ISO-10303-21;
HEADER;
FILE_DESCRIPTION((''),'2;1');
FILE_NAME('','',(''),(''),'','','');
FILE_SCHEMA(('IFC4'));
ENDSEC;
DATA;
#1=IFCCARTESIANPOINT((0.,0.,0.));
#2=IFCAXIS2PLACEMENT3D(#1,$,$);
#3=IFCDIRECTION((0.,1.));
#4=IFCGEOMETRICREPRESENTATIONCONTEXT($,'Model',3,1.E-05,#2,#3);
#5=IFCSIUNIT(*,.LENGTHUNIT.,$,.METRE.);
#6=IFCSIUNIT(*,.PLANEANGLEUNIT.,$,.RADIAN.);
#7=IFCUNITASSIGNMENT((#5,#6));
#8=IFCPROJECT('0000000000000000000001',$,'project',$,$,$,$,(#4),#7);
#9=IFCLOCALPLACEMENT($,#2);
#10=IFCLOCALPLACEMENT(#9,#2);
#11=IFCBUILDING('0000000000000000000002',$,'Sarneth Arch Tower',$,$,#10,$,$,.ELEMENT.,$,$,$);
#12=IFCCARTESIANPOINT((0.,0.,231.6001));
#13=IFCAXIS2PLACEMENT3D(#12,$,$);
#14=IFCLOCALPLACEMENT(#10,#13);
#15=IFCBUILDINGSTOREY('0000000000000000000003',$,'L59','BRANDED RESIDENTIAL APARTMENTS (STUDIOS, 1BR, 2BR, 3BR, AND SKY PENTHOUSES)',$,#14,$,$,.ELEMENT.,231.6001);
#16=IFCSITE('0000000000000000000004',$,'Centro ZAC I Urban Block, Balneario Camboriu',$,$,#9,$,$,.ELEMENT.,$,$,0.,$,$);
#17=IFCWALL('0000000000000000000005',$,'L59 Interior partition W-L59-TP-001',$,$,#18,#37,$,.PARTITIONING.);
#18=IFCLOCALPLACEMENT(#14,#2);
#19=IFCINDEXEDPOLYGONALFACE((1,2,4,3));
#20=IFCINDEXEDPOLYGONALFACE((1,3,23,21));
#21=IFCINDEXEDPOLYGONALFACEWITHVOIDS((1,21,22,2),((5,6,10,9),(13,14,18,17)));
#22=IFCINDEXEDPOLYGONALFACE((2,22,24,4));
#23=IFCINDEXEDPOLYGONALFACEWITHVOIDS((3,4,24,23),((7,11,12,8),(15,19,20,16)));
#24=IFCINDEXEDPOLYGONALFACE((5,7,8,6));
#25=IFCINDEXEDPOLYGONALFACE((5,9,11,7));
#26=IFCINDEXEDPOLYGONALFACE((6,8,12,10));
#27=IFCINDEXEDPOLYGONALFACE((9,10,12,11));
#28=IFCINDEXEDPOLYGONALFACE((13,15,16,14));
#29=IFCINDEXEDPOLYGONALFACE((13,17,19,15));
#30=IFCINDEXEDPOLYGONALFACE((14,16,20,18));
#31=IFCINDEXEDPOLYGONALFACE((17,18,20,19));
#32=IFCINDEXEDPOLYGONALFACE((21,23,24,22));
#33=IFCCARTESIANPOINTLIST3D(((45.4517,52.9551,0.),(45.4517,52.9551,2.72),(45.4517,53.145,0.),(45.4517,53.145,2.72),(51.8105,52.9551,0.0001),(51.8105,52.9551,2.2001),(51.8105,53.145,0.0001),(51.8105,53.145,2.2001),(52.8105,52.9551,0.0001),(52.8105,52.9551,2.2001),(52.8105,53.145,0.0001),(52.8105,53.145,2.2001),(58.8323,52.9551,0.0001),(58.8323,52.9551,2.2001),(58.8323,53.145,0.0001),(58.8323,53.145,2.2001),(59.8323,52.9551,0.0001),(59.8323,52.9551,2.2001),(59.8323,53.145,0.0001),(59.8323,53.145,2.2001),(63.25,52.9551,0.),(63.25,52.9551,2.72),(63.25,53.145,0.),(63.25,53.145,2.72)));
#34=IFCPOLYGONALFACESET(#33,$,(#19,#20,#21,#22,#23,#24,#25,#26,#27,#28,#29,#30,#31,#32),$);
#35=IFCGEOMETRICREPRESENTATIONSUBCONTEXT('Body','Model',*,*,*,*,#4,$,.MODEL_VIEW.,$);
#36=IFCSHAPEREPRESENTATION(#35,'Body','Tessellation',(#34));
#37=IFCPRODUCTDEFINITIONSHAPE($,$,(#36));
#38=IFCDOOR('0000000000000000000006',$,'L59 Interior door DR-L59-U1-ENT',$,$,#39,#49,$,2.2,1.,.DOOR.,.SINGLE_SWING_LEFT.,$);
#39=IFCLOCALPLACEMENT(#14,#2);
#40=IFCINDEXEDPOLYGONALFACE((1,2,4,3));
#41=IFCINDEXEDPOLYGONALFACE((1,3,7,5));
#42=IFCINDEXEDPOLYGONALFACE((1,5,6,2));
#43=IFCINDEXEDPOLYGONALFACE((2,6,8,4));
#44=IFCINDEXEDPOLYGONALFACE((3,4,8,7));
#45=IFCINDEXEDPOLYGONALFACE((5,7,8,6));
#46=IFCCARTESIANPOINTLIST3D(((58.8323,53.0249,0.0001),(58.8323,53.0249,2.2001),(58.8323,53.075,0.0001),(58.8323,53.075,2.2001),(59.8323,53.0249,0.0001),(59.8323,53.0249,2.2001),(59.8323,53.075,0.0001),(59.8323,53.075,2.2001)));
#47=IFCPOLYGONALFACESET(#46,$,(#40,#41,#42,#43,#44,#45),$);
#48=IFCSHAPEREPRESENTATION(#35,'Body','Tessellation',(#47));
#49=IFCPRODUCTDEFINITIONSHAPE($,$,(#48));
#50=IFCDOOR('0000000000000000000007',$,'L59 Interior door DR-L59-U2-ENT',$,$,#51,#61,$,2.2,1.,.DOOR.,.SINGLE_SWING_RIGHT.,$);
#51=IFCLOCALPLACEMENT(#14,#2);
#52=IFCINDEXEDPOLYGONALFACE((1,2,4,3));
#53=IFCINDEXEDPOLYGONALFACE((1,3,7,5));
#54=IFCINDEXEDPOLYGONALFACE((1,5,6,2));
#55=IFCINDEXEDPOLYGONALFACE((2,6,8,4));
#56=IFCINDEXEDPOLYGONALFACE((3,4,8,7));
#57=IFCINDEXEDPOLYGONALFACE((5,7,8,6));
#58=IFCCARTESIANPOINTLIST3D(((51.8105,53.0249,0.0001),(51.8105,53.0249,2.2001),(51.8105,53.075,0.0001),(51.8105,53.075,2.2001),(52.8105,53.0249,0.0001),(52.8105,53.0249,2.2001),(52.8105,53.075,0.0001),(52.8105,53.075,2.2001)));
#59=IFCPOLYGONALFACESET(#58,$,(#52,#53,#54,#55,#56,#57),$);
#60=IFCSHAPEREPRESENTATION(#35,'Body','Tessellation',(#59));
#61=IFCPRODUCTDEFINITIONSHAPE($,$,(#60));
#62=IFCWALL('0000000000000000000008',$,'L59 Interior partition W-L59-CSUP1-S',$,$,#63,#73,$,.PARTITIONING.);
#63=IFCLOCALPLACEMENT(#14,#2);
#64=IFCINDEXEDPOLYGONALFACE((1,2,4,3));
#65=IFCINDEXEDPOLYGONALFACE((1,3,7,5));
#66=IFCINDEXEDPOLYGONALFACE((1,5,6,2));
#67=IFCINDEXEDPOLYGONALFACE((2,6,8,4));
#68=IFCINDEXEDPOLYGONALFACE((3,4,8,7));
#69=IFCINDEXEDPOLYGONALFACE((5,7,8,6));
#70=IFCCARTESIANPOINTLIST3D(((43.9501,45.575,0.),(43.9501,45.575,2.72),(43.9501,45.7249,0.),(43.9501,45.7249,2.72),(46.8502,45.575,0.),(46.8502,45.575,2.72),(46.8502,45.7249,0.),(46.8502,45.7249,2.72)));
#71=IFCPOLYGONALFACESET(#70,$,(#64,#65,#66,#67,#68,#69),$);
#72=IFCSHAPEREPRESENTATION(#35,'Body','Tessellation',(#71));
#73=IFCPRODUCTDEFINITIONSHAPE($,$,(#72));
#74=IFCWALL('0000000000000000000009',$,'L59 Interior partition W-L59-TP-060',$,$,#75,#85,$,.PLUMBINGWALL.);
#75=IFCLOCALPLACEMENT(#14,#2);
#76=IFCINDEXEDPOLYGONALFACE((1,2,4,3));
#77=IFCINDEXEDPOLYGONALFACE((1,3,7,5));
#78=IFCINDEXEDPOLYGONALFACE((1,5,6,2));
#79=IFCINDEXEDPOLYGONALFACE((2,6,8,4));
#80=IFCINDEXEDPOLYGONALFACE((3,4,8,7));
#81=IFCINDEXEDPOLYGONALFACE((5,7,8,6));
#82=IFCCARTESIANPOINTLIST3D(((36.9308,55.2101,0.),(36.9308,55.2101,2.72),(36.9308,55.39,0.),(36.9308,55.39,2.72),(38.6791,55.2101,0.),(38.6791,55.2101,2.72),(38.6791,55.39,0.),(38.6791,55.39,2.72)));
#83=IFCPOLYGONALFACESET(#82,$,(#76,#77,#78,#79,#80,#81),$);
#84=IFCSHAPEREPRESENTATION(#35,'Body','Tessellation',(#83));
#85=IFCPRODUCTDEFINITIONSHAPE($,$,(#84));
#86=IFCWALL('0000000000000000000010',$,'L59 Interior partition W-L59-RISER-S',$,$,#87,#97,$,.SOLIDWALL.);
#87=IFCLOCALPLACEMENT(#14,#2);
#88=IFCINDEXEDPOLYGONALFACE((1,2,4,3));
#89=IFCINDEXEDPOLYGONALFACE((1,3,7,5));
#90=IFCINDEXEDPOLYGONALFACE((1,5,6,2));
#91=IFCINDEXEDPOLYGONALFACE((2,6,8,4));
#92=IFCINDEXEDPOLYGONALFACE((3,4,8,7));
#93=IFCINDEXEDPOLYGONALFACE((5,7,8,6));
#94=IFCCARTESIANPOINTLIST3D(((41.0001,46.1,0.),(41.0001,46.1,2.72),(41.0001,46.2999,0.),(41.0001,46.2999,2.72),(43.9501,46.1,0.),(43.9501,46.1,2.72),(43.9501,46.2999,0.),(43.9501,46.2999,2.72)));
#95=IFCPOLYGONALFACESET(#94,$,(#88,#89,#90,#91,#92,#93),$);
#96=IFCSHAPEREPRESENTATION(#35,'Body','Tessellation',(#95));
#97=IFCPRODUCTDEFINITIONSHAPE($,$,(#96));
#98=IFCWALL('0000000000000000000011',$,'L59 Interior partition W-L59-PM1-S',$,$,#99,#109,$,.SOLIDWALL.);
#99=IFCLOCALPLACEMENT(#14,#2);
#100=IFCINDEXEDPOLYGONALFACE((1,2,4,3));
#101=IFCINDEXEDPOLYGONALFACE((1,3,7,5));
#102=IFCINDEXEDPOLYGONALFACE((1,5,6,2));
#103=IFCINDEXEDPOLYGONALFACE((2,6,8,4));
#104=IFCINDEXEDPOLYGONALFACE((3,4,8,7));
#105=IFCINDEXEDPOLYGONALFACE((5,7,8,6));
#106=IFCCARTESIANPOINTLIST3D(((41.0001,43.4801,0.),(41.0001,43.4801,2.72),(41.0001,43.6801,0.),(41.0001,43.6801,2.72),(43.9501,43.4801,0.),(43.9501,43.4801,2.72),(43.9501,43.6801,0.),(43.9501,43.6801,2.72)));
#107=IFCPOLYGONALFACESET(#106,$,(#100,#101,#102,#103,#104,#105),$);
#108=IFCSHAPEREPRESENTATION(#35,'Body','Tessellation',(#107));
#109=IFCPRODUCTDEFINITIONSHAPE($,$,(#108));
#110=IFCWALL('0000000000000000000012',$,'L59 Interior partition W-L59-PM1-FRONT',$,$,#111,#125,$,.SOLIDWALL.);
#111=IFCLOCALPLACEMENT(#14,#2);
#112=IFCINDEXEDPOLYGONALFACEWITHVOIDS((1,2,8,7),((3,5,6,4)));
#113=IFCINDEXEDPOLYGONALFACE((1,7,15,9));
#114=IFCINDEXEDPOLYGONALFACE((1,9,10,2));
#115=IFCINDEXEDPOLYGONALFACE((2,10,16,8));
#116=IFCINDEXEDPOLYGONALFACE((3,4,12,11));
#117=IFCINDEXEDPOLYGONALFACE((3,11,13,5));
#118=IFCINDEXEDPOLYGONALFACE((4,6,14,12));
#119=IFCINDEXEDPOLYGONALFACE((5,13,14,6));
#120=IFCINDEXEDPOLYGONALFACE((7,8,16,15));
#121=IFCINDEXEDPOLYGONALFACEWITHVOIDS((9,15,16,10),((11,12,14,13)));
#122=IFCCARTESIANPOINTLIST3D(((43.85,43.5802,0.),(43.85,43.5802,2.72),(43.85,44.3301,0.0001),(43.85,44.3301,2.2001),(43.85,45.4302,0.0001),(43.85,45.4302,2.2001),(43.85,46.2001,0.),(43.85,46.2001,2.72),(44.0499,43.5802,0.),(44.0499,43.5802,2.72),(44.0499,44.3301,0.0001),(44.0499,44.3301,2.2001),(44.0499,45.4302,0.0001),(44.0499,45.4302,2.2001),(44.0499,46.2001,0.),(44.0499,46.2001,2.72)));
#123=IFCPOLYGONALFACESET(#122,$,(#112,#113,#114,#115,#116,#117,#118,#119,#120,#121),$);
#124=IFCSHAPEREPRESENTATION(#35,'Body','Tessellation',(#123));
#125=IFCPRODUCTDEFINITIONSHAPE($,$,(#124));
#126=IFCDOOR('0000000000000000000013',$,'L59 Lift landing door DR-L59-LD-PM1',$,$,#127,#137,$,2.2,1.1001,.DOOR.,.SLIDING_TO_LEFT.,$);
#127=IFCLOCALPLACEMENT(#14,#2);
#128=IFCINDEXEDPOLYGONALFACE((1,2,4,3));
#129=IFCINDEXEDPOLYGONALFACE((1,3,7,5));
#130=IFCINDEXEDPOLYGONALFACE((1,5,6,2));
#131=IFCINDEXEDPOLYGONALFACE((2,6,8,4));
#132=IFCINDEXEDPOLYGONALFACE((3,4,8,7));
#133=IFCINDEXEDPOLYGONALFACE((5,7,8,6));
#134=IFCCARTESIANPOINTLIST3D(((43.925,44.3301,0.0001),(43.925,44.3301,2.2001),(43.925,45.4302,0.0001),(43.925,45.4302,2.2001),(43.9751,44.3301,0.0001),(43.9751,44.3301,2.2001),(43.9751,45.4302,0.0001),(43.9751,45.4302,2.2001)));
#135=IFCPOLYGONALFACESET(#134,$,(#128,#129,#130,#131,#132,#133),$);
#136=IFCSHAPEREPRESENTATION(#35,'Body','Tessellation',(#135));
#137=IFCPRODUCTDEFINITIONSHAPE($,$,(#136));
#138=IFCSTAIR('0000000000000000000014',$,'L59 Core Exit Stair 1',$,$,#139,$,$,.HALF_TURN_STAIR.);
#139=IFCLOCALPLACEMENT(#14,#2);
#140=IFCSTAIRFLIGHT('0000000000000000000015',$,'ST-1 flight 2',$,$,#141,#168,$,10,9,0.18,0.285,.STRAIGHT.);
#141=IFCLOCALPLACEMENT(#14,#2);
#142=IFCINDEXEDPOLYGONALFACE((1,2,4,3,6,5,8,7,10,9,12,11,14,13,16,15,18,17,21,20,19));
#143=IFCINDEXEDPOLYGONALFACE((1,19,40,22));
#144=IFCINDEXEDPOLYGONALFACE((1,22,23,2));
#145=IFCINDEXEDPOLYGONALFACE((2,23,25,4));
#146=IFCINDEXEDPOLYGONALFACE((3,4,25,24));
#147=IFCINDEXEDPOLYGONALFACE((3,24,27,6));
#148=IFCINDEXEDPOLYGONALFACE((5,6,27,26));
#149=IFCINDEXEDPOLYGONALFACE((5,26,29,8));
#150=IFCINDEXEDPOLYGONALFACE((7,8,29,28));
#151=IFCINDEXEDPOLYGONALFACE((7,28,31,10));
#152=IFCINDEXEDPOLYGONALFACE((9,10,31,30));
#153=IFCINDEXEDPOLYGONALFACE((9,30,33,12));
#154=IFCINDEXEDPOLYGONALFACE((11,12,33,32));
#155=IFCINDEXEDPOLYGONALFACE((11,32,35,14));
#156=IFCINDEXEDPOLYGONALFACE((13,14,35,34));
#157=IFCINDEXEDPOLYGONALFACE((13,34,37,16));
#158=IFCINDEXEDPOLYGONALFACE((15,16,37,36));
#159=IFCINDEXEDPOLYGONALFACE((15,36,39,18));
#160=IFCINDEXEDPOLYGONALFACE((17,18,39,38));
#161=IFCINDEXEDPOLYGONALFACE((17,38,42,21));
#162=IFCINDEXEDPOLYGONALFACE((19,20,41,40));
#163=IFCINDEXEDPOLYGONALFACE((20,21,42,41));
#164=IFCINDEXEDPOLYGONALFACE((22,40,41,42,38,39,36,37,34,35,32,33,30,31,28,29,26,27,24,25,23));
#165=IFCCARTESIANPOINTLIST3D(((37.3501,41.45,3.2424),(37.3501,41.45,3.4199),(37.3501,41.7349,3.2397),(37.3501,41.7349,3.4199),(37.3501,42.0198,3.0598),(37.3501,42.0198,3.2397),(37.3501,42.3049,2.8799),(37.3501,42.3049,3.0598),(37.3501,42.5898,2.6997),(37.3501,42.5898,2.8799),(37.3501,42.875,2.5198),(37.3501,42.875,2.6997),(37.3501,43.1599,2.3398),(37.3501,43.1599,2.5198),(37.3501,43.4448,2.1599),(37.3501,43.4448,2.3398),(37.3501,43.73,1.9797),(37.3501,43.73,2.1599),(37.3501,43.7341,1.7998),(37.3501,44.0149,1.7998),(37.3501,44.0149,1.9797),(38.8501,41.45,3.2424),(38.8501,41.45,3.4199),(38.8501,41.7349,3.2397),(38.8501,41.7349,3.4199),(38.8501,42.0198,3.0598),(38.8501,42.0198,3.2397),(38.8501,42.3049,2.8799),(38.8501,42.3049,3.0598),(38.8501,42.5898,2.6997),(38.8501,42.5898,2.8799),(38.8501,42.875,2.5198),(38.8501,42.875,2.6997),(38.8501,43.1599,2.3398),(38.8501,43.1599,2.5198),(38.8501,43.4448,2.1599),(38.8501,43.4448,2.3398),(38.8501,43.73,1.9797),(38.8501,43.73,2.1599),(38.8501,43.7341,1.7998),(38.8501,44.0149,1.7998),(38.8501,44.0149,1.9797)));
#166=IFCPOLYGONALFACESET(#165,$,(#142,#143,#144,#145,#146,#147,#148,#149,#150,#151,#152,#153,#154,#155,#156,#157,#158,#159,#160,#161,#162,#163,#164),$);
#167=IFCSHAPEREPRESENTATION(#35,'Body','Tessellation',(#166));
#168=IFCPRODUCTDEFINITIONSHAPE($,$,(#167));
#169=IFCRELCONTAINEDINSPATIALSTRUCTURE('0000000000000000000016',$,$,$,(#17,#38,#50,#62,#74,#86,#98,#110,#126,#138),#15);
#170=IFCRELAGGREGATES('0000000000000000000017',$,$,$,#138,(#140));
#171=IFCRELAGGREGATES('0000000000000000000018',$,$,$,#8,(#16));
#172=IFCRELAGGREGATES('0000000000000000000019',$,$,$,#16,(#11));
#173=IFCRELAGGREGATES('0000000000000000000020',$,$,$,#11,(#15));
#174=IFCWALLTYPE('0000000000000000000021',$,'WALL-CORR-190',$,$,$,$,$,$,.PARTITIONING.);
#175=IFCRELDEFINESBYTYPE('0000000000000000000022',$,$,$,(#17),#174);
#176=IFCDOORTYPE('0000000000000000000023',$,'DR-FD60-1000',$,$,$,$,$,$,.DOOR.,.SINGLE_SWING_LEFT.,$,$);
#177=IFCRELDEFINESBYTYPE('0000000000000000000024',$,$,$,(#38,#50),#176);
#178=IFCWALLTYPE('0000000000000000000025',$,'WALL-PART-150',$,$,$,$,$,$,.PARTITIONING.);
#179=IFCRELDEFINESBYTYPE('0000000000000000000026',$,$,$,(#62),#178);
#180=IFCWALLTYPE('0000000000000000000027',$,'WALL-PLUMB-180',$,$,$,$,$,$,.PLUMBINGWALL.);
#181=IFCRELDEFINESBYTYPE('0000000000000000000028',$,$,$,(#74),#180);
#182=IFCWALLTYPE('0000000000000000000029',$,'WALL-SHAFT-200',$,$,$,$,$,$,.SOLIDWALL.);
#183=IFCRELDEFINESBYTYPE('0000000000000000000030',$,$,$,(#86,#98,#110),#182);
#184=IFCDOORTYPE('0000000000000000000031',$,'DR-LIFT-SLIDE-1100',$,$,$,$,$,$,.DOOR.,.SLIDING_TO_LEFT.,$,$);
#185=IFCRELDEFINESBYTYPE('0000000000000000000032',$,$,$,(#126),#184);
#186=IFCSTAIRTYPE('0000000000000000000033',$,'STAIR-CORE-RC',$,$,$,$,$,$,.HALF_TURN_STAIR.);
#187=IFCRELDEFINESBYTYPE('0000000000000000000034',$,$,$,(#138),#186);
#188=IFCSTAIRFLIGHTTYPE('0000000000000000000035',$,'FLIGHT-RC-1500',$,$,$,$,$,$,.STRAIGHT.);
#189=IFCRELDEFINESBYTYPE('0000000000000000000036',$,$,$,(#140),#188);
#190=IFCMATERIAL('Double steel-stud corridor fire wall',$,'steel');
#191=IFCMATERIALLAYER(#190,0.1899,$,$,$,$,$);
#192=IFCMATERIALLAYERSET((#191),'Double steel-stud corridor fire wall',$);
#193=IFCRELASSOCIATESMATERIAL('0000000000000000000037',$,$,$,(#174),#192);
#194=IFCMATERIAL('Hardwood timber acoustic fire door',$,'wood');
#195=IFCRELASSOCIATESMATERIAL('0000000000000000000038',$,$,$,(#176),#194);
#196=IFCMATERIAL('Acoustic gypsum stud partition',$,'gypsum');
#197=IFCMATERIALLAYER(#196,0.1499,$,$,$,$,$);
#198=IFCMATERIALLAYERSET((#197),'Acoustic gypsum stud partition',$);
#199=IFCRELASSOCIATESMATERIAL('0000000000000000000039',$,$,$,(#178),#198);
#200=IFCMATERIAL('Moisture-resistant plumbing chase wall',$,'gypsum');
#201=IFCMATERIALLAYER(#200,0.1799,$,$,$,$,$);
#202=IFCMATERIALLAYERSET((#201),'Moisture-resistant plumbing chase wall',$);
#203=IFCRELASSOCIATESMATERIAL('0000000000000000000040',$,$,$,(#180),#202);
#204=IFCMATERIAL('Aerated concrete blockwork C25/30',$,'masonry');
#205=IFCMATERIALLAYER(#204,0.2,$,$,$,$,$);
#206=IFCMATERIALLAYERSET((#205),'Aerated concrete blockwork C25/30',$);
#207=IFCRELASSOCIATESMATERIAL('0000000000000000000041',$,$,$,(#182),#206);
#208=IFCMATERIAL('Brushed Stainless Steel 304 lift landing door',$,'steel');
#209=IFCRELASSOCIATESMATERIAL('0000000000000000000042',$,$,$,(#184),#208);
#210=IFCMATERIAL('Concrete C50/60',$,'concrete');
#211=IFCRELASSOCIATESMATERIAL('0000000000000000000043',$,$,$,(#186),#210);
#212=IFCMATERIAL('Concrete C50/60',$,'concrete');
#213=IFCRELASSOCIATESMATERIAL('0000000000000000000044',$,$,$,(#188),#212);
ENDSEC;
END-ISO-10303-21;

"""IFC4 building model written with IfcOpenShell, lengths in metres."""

from ifc_helpers import new_model, si_unit, direction, frame, frame_2d, origin, place, context, subcontext, project, spatial, polyline, rectangle, outline, extrude, material, layer, layer_set, type_object, element, fill, aggregate, save


model = new_model("IFC4")

# Units and contexts
model_context = context("Model", 3, precision=1e-05, world=origin(), true_north=direction((0.0, 1.0)))
body_context = subcontext(model_context, "Body", "Model", "MODEL_VIEW")
ifc_project = project(units=[si_unit("LENGTHUNIT", "METRE"), si_unit("PLANEANGLEUNIT", "RADIAN")], contexts=[model_context])

# Site, building, storey
site_placement = place(None, origin())
site = spatial("IfcSite", under=ifc_project, at=site_placement, Name="Centro ZAC I Urban Block, Balneario Camboriu", CompositionType="ELEMENT", RefElevation=0.0)
building_placement = place(site_placement, origin())
building = spatial("IfcBuilding", under=site, at=building_placement, Name="Sarneth Arch Tower", CompositionType="ELEMENT")
storey_placement = place(building_placement, frame((0.0, 0.0, 231.6001)))
storey = spatial("IfcBuildingStorey", under=building, at=storey_placement, Name="L59", Description="BRANDED RESIDENTIAL APARTMENTS (STUDIOS, 1BR, 2BR, 3BR, AND SKY PENTHOUSES)", CompositionType="ELEMENT", Elevation=231.6001)

# Wall, openings, doors
ifc_material_1 = material(Name="Double steel-stud corridor fire wall", Category="steel")
ifc_layer_1 = layer(ifc_material_1, 0.1899)
ifc_layer_set_1 = layer_set([ifc_layer_1], Name="Double steel-stud corridor fire wall")
wall_type_1 = type_object("IfcWallType", Name="WALL-CORR-190", PredefinedType="PARTITIONING", material=ifc_layer_set_1)
wall_1_placement = place(storey_placement, frame((45.4517, 53.05, 0.0), z_axis=(0.0, 0.0, 1.0), x_axis=(1.0, 0.0, 0.0)))
wall_1 = element("IfcWall", 1, at=wall_1_placement, inside=storey, type_object=wall_type_1, Name="L59 Interior partition W-L59-TP-001", PredefinedType="PARTITIONING", context=body_context, shape_type="SweptSolid", body=[
    extrude(rectangle(XDim=17.7983, YDim=0.1899, at=frame_2d((8.8992, 0.0))), origin(), (0.0, 0.0, 1.0), 2.72),
])
opening_1_placement = place(wall_1_placement, frame((13.3806, 0.0, 0.0)))
opening_1 = element("IfcOpeningElement", 2, at=opening_1_placement, cuts=wall_1, PredefinedType="OPENING", context=body_context, shape_type="SweptSolid", body=[
    extrude(rectangle(XDim=1.0, YDim=2.2, at=frame_2d((0.5, 1.1001))), frame((0.0, 0.105, 0.0), z_axis=(0.0, -1.0, 0.0), x_axis=(1.0, 0.0, 0.0)), (0.0, 0.0, 1.0), 0.21),
])
opening_2_placement = place(wall_1_placement, frame((6.3589, 0.0, 0.0)))
opening_2 = element("IfcOpeningElement", 3, at=opening_2_placement, cuts=wall_1, PredefinedType="OPENING", context=body_context, shape_type="SweptSolid", body=[
    extrude(rectangle(XDim=1.0, YDim=2.2, at=frame_2d((0.5, 1.1001))), frame((0.0, 0.105, 0.0), z_axis=(0.0, -1.0, 0.0), x_axis=(1.0, 0.0, 0.0)), (0.0, 0.0, 1.0), 0.21),
])
ifc_material_2 = material(Name="Hardwood timber acoustic fire door", Category="wood")
door_type_1 = type_object("IfcDoorType", Name="DR-FD60-1000", OperationType="SINGLE_SWING_LEFT", PredefinedType="DOOR", material=ifc_material_2)
door_1_placement = place(opening_1_placement, origin())
door_1 = element("IfcDoor", 4, at=door_1_placement, inside=storey, type_object=door_type_1, Name="L59 Interior door DR-L59-U1-ENT", OperationType="SINGLE_SWING_LEFT", OverallHeight=2.2, OverallWidth=1.0, PredefinedType="DOOR", context=body_context, shape_type="SweptSolid", body=[
    extrude(rectangle(XDim=1.0, YDim=2.2, at=frame_2d((0.5, 1.1001))), frame((0.0, 0.0249, 0.0), z_axis=(0.0, -1.0, 0.0), x_axis=(1.0, 0.0, 0.0)), (0.0, 0.0, 1.0), 0.05),
])
fill(opening_1, door_1)
door_2_placement = place(opening_2_placement, origin())
door_2 = element("IfcDoor", 5, at=door_2_placement, inside=storey, type_object=door_type_1, Name="L59 Interior door DR-L59-U2-ENT", OperationType="SINGLE_SWING_RIGHT", OverallHeight=2.2, OverallWidth=1.0, PredefinedType="DOOR", context=body_context, shape_type="SweptSolid", body=[
    extrude(rectangle(XDim=1.0, YDim=2.2, at=frame_2d((0.5, 1.1001))), frame((0.0, 0.0249, 0.0), z_axis=(0.0, -1.0, 0.0), x_axis=(1.0, 0.0, 0.0)), (0.0, 0.0, 1.0), 0.05),
])
fill(opening_2, door_2)

# Wall
ifc_material_3 = material(Name="Acoustic gypsum stud partition", Category="gypsum")
ifc_layer_2 = layer(ifc_material_3, 0.1499)
ifc_layer_set_2 = layer_set([ifc_layer_2], Name="Acoustic gypsum stud partition")
wall_type_2 = type_object("IfcWallType", Name="WALL-PART-150", PredefinedType="PARTITIONING", material=ifc_layer_set_2)
wall_2_placement = place(storey_placement, frame((43.95, 45.6499, 0.0), z_axis=(0.0, 0.0, 1.0), x_axis=(1.0, 0.0, 0.0)))
element("IfcWall", 6, at=wall_2_placement, inside=storey, type_object=wall_type_2, Name="L59 Interior partition W-L59-CSUP1-S", PredefinedType="PARTITIONING", context=body_context, shape_type="SweptSolid", body=[
    extrude(rectangle(XDim=2.9001, YDim=0.1499, at=frame_2d((1.4502, 0.0))), origin(), (0.0, 0.0, 1.0), 2.72),
])

# Walls
ifc_material_4 = material(Name="Moisture-resistant plumbing chase wall", Category="gypsum")
ifc_layer_3 = layer(ifc_material_4, 0.1799)
ifc_layer_set_3 = layer_set([ifc_layer_3], Name="Moisture-resistant plumbing chase wall")
wall_type_3 = type_object("IfcWallType", Name="WALL-PLUMB-180", PredefinedType="PLUMBINGWALL", material=ifc_layer_set_3)
wall_3_placement = place(storey_placement, frame((36.9309, 55.3, 0.0), z_axis=(0.0, 0.0, 1.0), x_axis=(1.0, 0.0, 0.0)))
element("IfcWall", 7, at=wall_3_placement, inside=storey, type_object=wall_type_3, Name="L59 Interior partition W-L59-TP-060", PredefinedType="PLUMBINGWALL", context=body_context, shape_type="SweptSolid", body=[
    extrude(rectangle(XDim=1.7483, YDim=0.1799, at=frame_2d((0.874, 0.0))), origin(), (0.0, 0.0, 1.0), 2.72),
])
ifc_material_5 = material(Name="Aerated concrete blockwork C25/30", Category="masonry")
ifc_layer_4 = layer(ifc_material_5, 0.2)
ifc_layer_set_4 = layer_set([ifc_layer_4], Name="Aerated concrete blockwork C25/30")
wall_type_4 = type_object("IfcWallType", Name="WALL-SHAFT-200", PredefinedType="SOLIDWALL", material=ifc_layer_set_4)
wall_4_placement = place(storey_placement, frame((41.0, 46.2, 0.0), z_axis=(0.0, 0.0, 1.0), x_axis=(1.0, 0.0, 0.0)))
element("IfcWall", 8, at=wall_4_placement, inside=storey, type_object=wall_type_4, Name="L59 Interior partition W-L59-RISER-S", PredefinedType="SOLIDWALL", context=body_context, shape_type="SweptSolid", body=[
    extrude(rectangle(XDim=2.95, YDim=0.2, at=frame_2d((1.4751, 0.0))), origin(), (0.0, 0.0, 1.0), 2.72),
])

# Wall
wall_5_placement = place(storey_placement, frame((41.0, 43.5801, 0.0), z_axis=(0.0, 0.0, 1.0), x_axis=(1.0, 0.0, 0.0)))
element("IfcWall", 9, at=wall_5_placement, inside=storey, type_object=wall_type_4, Name="L59 Interior partition W-L59-PM1-S", PredefinedType="SOLIDWALL", context=body_context, shape_type="SweptSolid", body=[
    extrude(rectangle(XDim=2.95, YDim=0.2, at=frame_2d((1.4751, 0.0))), origin(), (0.0, 0.0, 1.0), 2.72),
])

# Wall, opening, door
wall_6_placement = place(storey_placement, frame((43.95, 43.5801, 0.0), z_axis=(0.0, 0.0, 1.0), x_axis=(0.0, 1.0, 0.0)))
wall_6 = element("IfcWall", 10, at=wall_6_placement, inside=storey, type_object=wall_type_4, Name="L59 Interior partition W-L59-PM1-FRONT", PredefinedType="SOLIDWALL", context=body_context, shape_type="SweptSolid", body=[
    extrude(rectangle(XDim=2.6199, YDim=0.2, at=frame_2d((1.3101, 0.0))), origin(), (0.0, 0.0, 1.0), 2.72),
])
opening_3_placement = place(wall_6_placement, frame((0.75, 0.0, 0.0)))
opening_3 = element("IfcOpeningElement", 11, at=opening_3_placement, cuts=wall_6, PredefinedType="OPENING", context=body_context, shape_type="SweptSolid", body=[
    extrude(rectangle(XDim=1.1001, YDim=2.2, at=frame_2d((0.55, 1.1001))), frame((0.0, 0.1099, 0.0), z_axis=(0.0, -1.0, 0.0), x_axis=(1.0, 0.0, 0.0)), (0.0, 0.0, 1.0), 0.22),
])
ifc_material_6 = material(Name="Brushed Stainless Steel 304 lift landing door", Category="steel")
door_type_2 = type_object("IfcDoorType", Name="DR-LIFT-SLIDE-1100", OperationType="SLIDING_TO_LEFT", PredefinedType="DOOR", material=ifc_material_6)
door_3_placement = place(opening_3_placement, origin())
door_3 = element("IfcDoor", 12, at=door_3_placement, inside=storey, type_object=door_type_2, Name="L59 Lift landing door DR-L59-LD-PM1", OperationType="SLIDING_TO_LEFT", OverallHeight=2.2, OverallWidth=1.1001, PredefinedType="DOOR", context=body_context, shape_type="SweptSolid", body=[
    extrude(rectangle(XDim=1.1001, YDim=2.2, at=frame_2d((0.55, 1.1001))), frame((0.0, 0.0249, 0.0), z_axis=(0.0, -1.0, 0.0), x_axis=(1.0, 0.0, 0.0)), (0.0, 0.0, 1.0), 0.05),
])
fill(opening_3, door_3)

# Stair, stair flight
ifc_material_7 = material(Name="Concrete C50/60", Category="concrete")
stair_type = type_object("IfcStairType", Name="STAIR-CORE-RC", PredefinedType="HALF_TURN_STAIR", material=ifc_material_7)
stair_placement = place(storey_placement, origin())
stair = element("IfcStair", 13, at=stair_placement, inside=storey, type_object=stair_type, Name="L59 Core Exit Stair 1", PredefinedType="HALF_TURN_STAIR")
ifc_material_8 = material(Name="Concrete C50/60", Category="concrete")
stair_flight_type = type_object("IfcStairFlightType", Name="FLIGHT-RC-1500", PredefinedType="STRAIGHT", material=ifc_material_8)
stair_flight_placement = place(storey_placement, frame((38.1001, 44.0149, 1.7998), z_axis=(0.0, 0.0, 1.0), x_axis=(0.0, -1.0, 0.0)))
stair_flight = element("IfcStairFlight", 14, at=stair_flight_placement, type_object=stair_flight_type, Name="ST-1 flight 2", NumberOfRisers=10, NumberOfTreads=9, PredefinedType="STRAIGHT", RiserHeight=0.18, TreadLength=0.285, context=body_context, shape_type="SweptSolid", body=[
    extrude(outline(polyline([(0.0, 0.0), (0.0, 0.1799), (0.2849, 0.1799), (0.2849, 0.3601), (0.5701, 0.3601), (0.5701, 0.54), (0.855, 0.54), (0.855, 0.72), (1.1399, 0.72), (1.1399, 0.8999), (1.425, 0.8999), (1.425, 1.0801), (1.71, 1.0801), (1.71, 1.26), (1.9951, 1.26), (1.9951, 1.4399), (2.28, 1.4399), (2.28, 1.6201), (2.5649, 1.6201), (2.5649, 1.8), (2.5649, 1.4426), (0.2808, 0.0), (0.0, 0.0)])), frame((0.0, 0.75, 0.0), z_axis=(0.0, -1.0, 0.0), x_axis=(1.0, 0.0, 0.0)), (0.0, 0.0, 1.0), 1.5),
])
aggregate(stair, [stair_flight])

save(model, "model.ifc")
